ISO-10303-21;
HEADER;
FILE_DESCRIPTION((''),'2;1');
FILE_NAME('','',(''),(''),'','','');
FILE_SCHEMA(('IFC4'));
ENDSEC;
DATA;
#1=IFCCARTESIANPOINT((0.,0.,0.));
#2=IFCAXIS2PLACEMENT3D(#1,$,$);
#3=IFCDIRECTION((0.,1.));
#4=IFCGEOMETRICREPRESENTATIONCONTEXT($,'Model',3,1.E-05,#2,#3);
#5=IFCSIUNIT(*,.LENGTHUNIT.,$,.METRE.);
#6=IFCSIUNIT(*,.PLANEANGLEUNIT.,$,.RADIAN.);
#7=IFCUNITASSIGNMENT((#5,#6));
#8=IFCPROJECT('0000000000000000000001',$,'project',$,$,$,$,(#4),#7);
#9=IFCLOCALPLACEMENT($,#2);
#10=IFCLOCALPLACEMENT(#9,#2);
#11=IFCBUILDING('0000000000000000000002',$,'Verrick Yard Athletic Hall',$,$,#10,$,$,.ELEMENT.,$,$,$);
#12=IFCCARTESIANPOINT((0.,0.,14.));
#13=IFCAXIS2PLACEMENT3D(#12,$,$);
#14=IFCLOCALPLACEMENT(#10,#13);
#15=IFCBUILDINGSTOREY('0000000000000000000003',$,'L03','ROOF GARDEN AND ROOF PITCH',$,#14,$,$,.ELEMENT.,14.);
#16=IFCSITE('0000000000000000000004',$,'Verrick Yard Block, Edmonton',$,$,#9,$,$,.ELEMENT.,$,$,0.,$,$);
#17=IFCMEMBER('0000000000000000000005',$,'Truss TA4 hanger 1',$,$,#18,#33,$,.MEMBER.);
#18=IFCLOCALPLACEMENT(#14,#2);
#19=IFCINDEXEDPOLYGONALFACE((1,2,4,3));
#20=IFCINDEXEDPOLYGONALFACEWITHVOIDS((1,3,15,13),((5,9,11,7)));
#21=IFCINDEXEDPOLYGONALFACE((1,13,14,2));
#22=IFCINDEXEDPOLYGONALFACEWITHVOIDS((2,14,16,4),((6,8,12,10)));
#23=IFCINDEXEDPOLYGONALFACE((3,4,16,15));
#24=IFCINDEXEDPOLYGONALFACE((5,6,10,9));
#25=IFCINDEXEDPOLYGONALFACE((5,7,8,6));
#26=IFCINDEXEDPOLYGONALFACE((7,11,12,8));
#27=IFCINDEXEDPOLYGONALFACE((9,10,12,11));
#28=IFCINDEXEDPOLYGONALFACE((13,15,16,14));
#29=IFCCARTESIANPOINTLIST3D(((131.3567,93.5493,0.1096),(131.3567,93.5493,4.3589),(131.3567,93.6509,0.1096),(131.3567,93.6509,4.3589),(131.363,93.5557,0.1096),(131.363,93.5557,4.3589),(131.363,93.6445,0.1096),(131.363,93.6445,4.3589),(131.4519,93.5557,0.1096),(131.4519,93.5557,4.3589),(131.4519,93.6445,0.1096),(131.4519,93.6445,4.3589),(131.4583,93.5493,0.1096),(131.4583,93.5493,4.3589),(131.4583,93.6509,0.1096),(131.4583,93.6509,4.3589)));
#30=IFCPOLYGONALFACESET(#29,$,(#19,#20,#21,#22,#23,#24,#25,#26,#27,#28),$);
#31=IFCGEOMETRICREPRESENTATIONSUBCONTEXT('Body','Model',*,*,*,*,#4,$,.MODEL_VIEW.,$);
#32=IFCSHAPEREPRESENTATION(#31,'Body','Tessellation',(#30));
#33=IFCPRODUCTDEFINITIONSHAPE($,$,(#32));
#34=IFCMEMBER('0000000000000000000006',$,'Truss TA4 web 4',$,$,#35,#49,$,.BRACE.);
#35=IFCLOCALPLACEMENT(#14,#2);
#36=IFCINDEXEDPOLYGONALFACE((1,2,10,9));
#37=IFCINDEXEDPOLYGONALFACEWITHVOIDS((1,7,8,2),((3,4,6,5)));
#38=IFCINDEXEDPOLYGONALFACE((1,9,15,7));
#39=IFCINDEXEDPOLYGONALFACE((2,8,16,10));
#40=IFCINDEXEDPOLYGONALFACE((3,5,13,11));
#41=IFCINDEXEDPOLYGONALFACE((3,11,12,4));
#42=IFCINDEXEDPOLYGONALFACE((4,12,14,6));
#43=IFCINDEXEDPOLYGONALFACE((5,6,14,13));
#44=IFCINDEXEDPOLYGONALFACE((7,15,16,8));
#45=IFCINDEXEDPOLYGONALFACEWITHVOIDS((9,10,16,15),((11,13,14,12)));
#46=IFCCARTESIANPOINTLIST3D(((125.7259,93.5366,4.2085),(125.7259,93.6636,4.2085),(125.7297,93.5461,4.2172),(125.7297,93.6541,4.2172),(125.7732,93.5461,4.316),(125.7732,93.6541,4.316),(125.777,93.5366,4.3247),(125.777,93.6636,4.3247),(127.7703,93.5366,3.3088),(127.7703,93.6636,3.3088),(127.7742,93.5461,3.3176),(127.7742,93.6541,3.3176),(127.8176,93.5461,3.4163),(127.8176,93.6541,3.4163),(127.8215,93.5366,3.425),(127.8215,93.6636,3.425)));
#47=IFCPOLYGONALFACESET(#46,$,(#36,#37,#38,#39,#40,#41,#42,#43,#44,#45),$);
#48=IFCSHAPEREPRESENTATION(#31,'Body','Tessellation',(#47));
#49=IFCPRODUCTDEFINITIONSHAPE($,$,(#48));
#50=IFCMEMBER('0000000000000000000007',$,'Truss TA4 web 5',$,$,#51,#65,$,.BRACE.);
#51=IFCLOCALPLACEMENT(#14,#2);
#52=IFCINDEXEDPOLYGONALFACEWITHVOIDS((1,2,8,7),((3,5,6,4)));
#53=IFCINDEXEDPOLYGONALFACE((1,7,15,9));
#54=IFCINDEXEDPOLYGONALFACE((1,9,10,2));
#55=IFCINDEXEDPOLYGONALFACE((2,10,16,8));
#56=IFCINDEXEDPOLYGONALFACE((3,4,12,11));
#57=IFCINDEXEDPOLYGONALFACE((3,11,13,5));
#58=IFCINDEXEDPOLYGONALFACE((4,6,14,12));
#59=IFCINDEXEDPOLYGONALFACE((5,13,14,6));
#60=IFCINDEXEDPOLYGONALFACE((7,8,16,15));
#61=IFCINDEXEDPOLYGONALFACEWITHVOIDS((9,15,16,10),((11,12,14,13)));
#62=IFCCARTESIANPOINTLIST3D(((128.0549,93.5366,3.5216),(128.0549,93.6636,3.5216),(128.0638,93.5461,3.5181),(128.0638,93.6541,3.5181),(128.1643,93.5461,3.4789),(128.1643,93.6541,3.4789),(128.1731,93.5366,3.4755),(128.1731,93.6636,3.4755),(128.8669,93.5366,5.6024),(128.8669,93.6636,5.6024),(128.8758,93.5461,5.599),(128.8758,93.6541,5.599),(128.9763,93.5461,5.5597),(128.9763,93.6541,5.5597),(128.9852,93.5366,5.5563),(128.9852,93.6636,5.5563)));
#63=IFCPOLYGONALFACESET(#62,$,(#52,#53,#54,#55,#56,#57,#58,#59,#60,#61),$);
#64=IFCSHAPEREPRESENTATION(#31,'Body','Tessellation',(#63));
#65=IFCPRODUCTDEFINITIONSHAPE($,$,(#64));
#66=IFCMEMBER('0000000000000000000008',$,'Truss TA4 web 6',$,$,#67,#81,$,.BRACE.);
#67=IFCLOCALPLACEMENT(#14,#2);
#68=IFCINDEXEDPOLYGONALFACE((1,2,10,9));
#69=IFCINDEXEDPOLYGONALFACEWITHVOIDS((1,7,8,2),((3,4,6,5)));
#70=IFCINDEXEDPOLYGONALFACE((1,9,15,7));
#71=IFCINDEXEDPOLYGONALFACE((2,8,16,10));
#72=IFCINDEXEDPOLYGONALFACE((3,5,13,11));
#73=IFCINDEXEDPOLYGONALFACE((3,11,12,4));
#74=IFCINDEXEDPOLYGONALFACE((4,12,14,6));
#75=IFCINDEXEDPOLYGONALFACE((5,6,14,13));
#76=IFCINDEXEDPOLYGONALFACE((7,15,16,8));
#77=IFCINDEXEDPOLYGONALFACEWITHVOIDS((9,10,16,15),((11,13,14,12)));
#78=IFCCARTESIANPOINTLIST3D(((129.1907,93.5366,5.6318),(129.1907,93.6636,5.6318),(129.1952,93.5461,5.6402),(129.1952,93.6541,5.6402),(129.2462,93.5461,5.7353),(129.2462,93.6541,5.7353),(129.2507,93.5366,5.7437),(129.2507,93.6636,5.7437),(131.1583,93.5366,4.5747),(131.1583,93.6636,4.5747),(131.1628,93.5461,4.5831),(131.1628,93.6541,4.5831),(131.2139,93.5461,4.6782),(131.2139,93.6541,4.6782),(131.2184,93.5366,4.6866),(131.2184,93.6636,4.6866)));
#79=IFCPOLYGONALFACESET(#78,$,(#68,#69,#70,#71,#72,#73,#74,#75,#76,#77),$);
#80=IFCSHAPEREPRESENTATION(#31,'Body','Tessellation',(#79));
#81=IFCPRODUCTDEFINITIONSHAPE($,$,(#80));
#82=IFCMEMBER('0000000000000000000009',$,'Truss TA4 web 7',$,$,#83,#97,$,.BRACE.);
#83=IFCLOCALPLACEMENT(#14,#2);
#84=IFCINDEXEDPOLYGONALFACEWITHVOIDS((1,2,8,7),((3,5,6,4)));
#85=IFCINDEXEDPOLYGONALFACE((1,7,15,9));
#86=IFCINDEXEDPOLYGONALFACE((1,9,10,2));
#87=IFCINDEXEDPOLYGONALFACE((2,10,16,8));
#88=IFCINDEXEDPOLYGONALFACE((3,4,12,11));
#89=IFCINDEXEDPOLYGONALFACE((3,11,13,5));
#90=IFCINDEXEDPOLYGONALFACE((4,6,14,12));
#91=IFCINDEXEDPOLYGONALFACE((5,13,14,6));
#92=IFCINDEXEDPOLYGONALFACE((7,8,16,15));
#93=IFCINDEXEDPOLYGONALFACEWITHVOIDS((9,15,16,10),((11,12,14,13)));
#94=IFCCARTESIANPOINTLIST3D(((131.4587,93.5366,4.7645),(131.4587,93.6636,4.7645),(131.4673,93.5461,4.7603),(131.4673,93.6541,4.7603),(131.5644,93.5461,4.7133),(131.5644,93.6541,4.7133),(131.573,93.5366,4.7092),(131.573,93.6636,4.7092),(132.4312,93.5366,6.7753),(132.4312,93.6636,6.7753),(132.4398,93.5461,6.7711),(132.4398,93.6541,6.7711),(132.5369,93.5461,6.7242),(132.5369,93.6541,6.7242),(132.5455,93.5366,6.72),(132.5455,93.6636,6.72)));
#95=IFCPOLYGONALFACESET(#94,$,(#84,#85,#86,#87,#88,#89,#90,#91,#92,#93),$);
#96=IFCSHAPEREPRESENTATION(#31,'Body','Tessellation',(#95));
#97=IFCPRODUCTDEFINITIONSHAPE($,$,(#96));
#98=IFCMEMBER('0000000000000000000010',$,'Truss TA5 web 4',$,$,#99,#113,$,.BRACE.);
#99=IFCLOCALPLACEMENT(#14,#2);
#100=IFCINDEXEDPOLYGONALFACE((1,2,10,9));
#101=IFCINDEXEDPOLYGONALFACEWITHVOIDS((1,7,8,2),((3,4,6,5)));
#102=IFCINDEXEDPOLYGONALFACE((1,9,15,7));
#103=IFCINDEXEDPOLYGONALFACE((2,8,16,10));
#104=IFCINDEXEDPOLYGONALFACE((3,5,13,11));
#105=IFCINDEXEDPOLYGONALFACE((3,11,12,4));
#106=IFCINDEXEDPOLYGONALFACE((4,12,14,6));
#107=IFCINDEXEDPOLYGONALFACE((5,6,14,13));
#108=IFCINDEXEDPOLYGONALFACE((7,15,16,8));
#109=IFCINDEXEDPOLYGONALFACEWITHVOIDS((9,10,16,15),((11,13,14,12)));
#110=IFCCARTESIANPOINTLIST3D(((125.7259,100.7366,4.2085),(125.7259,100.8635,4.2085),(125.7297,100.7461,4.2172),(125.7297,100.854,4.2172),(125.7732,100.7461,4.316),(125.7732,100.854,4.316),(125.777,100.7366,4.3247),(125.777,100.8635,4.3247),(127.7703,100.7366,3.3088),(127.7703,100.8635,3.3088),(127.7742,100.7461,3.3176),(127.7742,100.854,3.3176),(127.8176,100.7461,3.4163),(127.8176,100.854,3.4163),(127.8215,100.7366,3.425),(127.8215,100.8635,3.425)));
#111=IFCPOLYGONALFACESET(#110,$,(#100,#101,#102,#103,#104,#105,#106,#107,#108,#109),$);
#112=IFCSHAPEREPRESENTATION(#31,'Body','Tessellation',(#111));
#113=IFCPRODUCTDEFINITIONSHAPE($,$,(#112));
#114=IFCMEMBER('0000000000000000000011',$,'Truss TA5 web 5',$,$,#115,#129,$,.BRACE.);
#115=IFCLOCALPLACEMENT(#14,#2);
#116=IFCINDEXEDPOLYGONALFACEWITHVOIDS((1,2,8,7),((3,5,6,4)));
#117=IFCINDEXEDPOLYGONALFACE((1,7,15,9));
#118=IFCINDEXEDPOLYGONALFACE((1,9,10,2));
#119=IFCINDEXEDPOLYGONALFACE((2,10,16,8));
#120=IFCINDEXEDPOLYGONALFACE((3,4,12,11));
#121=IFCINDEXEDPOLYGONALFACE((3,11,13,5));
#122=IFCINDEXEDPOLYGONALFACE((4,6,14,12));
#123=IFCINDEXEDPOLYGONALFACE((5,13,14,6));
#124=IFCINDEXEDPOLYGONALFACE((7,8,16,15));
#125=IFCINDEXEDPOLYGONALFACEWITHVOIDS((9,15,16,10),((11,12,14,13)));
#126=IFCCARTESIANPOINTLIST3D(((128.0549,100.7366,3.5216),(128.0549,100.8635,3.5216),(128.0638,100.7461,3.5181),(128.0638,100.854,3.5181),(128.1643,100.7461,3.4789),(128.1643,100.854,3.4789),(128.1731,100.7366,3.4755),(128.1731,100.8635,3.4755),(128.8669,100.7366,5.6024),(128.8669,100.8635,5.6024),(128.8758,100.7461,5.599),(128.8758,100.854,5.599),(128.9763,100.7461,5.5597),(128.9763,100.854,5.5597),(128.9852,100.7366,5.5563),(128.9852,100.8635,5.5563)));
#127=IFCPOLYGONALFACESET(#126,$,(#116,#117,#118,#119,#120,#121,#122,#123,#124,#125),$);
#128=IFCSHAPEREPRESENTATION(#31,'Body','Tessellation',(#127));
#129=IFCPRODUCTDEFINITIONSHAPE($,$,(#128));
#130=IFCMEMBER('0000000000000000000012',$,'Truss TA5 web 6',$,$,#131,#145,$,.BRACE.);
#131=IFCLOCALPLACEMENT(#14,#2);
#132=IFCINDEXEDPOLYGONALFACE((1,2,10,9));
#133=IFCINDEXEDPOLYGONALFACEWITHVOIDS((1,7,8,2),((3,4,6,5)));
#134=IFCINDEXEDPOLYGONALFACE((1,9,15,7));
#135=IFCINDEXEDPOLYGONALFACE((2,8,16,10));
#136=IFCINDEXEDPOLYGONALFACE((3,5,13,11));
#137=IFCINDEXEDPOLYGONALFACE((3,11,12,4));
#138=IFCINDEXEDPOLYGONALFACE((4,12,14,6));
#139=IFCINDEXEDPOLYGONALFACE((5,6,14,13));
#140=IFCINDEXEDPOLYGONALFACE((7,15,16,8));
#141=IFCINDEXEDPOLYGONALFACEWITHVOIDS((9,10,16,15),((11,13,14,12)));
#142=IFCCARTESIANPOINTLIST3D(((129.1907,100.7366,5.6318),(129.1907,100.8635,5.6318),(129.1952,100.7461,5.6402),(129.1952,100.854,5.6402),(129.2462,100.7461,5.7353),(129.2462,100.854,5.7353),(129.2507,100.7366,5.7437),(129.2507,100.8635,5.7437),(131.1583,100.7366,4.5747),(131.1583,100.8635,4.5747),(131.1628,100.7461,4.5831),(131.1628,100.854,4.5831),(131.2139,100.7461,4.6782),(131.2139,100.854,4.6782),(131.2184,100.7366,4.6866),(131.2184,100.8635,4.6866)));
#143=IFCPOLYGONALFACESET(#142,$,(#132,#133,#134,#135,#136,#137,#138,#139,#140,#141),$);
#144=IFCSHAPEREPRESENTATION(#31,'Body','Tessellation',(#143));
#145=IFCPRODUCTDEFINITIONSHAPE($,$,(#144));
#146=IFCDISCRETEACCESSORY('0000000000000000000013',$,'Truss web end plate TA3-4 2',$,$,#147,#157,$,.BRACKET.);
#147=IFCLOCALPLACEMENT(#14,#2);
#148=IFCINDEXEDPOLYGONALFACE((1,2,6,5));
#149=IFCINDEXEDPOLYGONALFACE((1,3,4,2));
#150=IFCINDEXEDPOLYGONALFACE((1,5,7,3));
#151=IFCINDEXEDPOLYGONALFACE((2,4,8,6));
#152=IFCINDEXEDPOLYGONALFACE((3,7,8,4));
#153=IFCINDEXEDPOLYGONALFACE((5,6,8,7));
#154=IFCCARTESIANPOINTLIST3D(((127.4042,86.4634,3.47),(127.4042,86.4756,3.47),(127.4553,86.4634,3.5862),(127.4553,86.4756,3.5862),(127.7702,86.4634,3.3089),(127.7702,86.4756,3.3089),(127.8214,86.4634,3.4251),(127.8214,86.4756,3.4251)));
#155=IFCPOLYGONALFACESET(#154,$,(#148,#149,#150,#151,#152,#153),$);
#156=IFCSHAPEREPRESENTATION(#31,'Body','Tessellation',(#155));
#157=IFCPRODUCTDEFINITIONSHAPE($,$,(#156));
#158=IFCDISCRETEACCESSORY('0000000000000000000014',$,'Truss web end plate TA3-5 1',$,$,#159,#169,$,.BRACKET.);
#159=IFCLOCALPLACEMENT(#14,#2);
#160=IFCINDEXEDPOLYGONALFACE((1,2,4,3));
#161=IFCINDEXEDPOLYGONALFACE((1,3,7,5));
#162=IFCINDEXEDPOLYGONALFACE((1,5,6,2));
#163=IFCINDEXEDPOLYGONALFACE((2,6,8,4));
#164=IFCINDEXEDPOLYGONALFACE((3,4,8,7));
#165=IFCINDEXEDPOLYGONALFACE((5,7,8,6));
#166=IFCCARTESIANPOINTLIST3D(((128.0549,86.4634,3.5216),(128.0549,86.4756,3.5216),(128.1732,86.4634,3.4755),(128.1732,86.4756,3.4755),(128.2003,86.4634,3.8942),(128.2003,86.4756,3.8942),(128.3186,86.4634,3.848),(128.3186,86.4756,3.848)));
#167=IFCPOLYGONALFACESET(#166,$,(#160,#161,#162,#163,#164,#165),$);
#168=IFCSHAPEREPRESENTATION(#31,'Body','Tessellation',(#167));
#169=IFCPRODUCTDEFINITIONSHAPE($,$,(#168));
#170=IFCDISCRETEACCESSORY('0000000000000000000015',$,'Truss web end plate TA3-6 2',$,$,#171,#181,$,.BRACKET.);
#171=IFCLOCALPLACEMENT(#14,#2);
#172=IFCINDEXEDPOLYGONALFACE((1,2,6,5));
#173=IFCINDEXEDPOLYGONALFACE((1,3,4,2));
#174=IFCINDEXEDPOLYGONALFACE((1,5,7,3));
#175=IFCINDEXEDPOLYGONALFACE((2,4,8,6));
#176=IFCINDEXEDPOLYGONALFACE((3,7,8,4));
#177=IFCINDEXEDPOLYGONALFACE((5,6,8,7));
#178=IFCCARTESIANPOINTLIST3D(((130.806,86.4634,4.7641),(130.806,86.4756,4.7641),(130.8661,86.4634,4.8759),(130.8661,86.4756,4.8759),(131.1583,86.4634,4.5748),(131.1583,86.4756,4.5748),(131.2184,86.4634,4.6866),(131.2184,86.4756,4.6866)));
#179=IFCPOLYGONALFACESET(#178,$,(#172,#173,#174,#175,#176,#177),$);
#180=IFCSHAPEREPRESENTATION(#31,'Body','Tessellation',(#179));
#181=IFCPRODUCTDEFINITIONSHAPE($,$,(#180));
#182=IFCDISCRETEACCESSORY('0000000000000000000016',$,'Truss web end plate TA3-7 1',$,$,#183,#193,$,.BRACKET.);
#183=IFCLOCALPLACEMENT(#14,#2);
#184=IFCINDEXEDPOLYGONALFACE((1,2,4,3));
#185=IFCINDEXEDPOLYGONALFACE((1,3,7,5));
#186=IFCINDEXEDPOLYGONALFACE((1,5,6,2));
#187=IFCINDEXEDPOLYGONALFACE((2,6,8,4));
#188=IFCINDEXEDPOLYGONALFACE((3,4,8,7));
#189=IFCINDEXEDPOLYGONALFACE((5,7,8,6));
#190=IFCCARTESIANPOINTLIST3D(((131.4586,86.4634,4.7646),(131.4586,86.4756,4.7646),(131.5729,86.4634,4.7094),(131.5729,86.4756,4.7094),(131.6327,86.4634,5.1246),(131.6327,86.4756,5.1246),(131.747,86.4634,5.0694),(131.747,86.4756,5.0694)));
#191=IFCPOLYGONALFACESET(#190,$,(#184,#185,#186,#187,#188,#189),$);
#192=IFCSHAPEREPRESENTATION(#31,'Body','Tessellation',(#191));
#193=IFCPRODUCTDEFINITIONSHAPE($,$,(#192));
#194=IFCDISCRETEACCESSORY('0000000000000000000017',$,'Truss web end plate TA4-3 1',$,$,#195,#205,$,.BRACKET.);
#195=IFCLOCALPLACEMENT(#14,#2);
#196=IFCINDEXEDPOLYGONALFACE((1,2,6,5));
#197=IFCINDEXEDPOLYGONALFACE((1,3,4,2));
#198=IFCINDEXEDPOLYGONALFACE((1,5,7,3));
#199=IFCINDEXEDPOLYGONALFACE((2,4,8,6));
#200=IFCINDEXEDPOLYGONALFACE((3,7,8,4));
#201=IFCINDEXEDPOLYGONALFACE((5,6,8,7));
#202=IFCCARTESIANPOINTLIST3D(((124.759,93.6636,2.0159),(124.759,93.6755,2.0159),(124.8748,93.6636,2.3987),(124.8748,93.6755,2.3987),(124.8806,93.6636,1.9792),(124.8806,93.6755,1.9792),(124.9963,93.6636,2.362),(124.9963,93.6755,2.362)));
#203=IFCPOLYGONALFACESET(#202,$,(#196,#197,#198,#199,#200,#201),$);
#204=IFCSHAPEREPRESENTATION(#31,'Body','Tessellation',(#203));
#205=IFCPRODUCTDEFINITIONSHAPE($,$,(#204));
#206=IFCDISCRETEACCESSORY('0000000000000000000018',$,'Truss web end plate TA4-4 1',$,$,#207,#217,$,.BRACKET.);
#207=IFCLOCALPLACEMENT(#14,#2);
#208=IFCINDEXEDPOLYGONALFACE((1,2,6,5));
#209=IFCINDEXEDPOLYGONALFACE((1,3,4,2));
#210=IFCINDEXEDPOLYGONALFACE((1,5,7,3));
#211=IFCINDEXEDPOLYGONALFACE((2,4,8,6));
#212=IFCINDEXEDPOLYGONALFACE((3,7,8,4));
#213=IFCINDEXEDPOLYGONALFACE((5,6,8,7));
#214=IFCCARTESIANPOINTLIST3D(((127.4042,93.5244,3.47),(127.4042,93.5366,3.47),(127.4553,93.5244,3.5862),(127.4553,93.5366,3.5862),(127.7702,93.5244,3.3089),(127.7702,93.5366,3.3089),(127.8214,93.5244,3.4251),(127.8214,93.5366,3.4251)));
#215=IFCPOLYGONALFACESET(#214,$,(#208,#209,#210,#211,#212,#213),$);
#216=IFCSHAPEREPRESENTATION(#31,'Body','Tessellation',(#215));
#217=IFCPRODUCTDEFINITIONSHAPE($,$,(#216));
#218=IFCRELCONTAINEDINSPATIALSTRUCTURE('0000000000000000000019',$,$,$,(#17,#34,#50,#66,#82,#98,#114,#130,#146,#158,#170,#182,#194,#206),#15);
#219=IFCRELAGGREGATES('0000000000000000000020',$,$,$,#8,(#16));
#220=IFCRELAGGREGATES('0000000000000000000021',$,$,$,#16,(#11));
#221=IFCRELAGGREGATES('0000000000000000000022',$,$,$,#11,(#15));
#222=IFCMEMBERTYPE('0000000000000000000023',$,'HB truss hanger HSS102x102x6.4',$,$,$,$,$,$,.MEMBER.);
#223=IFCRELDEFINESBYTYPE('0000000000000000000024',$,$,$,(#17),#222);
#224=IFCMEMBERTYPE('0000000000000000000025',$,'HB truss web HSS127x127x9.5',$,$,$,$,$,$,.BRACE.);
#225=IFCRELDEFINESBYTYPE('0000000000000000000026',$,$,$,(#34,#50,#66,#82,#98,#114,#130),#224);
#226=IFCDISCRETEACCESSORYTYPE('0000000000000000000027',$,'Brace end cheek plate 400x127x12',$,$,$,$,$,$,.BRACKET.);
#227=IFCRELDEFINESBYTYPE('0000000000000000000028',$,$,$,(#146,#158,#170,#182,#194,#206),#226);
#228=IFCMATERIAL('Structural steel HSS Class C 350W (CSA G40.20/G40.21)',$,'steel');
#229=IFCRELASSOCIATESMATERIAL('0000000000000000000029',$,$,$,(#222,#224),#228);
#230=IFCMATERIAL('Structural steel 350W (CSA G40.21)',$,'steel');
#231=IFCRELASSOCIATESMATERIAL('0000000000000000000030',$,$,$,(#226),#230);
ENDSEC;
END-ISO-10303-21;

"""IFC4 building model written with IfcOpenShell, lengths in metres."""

from ifc_helpers import new_model, si_unit, direction, frame, origin, origin_2d, place, context, subcontext, project, spatial, rectangle, hollow_rectangle, extrude, material, material_profile, profile_set, type_object, element, save


model = new_model("IFC4")

# Units and contexts
model_context = context("Model", 3, precision=1e-05, world=origin(), true_north=direction((0.0, 1.0)))
body_context = subcontext(model_context, "Body", "Model", "MODEL_VIEW")
ifc_project = project(units=[si_unit("LENGTHUNIT", "METRE"), si_unit("PLANEANGLEUNIT", "RADIAN")], contexts=[model_context])

# Site, building, storey
site_placement = place(None, origin())
site = spatial("IfcSite", under=ifc_project, at=site_placement, Name="Verrick Yard Block, Edmonton", CompositionType="ELEMENT", RefElevation=0.0)
building_placement = place(site_placement, origin())
building = spatial("IfcBuilding", under=site, at=building_placement, Name="Verrick Yard Athletic Hall", CompositionType="ELEMENT")
storey_placement = place(building_placement, frame((0.0, 0.0, 14.0)))
storey = spatial("IfcBuildingStorey", under=building, at=storey_placement, Name="L03", Description="ROOF GARDEN AND ROOF PITCH", CompositionType="ELEMENT", Elevation=14.0)

# Members
ifc_material_1 = material(Name="Structural steel HSS Class C 350W (CSA G40.20/G40.21)", Category="steel")
ifc_material_profile_1 = material_profile(ifc_material_1, hollow_rectangle(XDim=0.1016, YDim=0.1016, WallThickness=0.0063, at=origin_2d()), Name="HSS102x102x6.4")
ifc_profile_set_1 = profile_set([ifc_material_profile_1], Name="Structural steel HSS Class C 350W (CSA G40.20/G40.21)")
member_type_1 = type_object("IfcMemberType", Name="HB truss hanger HSS102x102x6.4", PredefinedType="MEMBER", material=ifc_profile_set_1)
member_1_placement = place(storey_placement, frame((131.4075, 93.6001, 4.3589), z_axis=(0.0, 0.0, -1.0), x_axis=(0.0, -1.0, 0.0)))
element("IfcMember", 1, at=member_1_placement, inside=storey, type_object=member_type_1, Name="Truss TA4 hanger 1", PredefinedType="MEMBER", context=body_context, shape_type="SweptSolid", body=[
    extrude(hollow_rectangle(XDim=0.1016, YDim=0.1016, WallThickness=0.0063, at=origin_2d()), origin(), (0.0, 0.0, 1.0), 4.2493),
])
ifc_material_profile_2 = material_profile(ifc_material_1, hollow_rectangle(XDim=0.127, YDim=0.127, WallThickness=0.0095, at=origin_2d()), Name="HSS127x127x9.5")
ifc_profile_set_2 = profile_set([ifc_material_profile_2], Name="Structural steel HSS Class C 350W (CSA G40.20/G40.21)")
member_type_2 = type_object("IfcMemberType", Name="HB truss web HSS127x127x9.5", PredefinedType="BRACE", material=ifc_profile_set_2)
for number, where, z_axis, x_axis, name in (
    (2, (125.7515, 93.6001, 4.2666), (0.915297, 0.0, -0.402779), (0.0, 1.0, 0.0), "Truss TA4 web 4"),
    (3, (128.114, 93.6001, 3.4985), (0.363538, 0.0, 0.931579), (0.0, 1.0, 0.0), "Truss TA4 web 5"),
    (4, (129.2207, 93.6001, 5.6877), (0.880927, 0.0, -0.473252), (0.0, 1.0, 0.0), "Truss TA4 web 6"),
    (5, (131.5159, 93.6001, 4.7368), (0.435369, 0.0, 0.900252), (0.0, 1.0, 0.0), "Truss TA4 web 7"),
    (6, (125.7515, 100.8, 4.2666), (0.915297, 0.0, -0.402779), (0.0, 1.0, 0.0), "Truss TA5 web 4"),
    (7, (128.114, 100.8, 3.4985), (0.363538, 0.0, 0.931579), (0.0, 1.0, 0.0), "Truss TA5 web 5"),
    (8, (129.2207, 100.8, 5.6877), (0.880927, 0.0, -0.473252), (0.0, 1.0, 0.0), "Truss TA5 web 6"),
):
    element("IfcMember", number, at=place(storey_placement, frame(where, z_axis=z_axis, x_axis=x_axis)), inside=storey, type_object=member_type_2, Name=name, PredefinedType="BRACE", context=body_context, shape_type="SweptSolid", body=[
        extrude(hollow_rectangle(XDim=0.127, YDim=0.127, WallThickness=0.0095, at=origin_2d()), origin(), (0.0, 0.0, 1.0), 2.2336),
    ])

# Discrete accessories
ifc_material_2 = material(Name="Structural steel 350W (CSA G40.21)", Category="steel")
ifc_material_profile_3 = material_profile(ifc_material_2, rectangle(XDim=0.3999, YDim=0.127, at=origin_2d()), Name="Brace end cheek plate")
ifc_profile_set_3 = profile_set([ifc_material_profile_3], Name="Structural steel 350W (CSA G40.21)")
discrete_accessory_type_1 = type_object("IfcDiscreteAccessoryType", Name="Brace end cheek plate 400x127x12", PredefinedType="BRACKET", material=ifc_profile_set_3)
for number, where, z_axis, x_axis, name in (
    (9, (127.6128, 86.4634, 3.4475), (0.0, 1.0, 0.0), (-0.915285, 0.0, 0.402806), "Truss web end plate TA3-4 2"),
    (10, (128.1868, 86.4634, 3.6848), (0.0, 1.0, 0.0), (0.363563, 0.0, 0.93157), "Truss web end plate TA3-5 1"),
    (11, (131.0122, 86.4634, 4.7253), (0.0, 1.0, 0.0), (-0.88092, 0.0, 0.473265), "Truss web end plate TA3-6 2"),
    (12, (131.6028, 86.4634, 4.917), (0.0, 1.0, 0.0), (0.435417, 0.0, 0.900229), "Truss web end plate TA3-7 1"),
):
    element("IfcDiscreteAccessory", number, at=place(storey_placement, frame(where, z_axis=z_axis, x_axis=x_axis)), inside=storey, type_object=discrete_accessory_type_1, Name=name, PredefinedType="BRACKET", context=body_context, shape_type="SweptSolid", body=[
        extrude(rectangle(XDim=0.3999, YDim=0.127, at=origin_2d()), origin(), (0.0, 0.0, 1.0), 0.0122),
    ])
discrete_accessory_1_placement = place(storey_placement, frame((124.8777, 93.6636, 2.189), z_axis=(0.0, 1.0, 0.0), x_axis=(0.289473, 0.0, 0.957186)))
element("IfcDiscreteAccessory", 13, at=discrete_accessory_1_placement, inside=storey, type_object=discrete_accessory_type_1, Name="Truss web end plate TA4-3 1", PredefinedType="BRACKET", context=body_context, shape_type="SweptSolid", body=[
    extrude(rectangle(XDim=0.3999, YDim=0.127, at=origin_2d()), origin(), (0.0, 0.0, 1.0), 0.012),
])
discrete_accessory_2_placement = place(storey_placement, frame((127.6128, 93.5366, 3.4475), z_axis=(0.0, -1.0, 0.0), x_axis=(-0.915285, 0.0, 0.402806)))
element("IfcDiscreteAccessory", 14, at=discrete_accessory_2_placement, inside=storey, type_object=discrete_accessory_type_1, Name="Truss web end plate TA4-4 1", PredefinedType="BRACKET", context=body_context, shape_type="SweptSolid", body=[
    extrude(rectangle(XDim=0.3999, YDim=0.127, at=origin_2d()), origin(), (0.0, 0.0, 1.0), 0.0122),
])

save(model, "model.ifc")
